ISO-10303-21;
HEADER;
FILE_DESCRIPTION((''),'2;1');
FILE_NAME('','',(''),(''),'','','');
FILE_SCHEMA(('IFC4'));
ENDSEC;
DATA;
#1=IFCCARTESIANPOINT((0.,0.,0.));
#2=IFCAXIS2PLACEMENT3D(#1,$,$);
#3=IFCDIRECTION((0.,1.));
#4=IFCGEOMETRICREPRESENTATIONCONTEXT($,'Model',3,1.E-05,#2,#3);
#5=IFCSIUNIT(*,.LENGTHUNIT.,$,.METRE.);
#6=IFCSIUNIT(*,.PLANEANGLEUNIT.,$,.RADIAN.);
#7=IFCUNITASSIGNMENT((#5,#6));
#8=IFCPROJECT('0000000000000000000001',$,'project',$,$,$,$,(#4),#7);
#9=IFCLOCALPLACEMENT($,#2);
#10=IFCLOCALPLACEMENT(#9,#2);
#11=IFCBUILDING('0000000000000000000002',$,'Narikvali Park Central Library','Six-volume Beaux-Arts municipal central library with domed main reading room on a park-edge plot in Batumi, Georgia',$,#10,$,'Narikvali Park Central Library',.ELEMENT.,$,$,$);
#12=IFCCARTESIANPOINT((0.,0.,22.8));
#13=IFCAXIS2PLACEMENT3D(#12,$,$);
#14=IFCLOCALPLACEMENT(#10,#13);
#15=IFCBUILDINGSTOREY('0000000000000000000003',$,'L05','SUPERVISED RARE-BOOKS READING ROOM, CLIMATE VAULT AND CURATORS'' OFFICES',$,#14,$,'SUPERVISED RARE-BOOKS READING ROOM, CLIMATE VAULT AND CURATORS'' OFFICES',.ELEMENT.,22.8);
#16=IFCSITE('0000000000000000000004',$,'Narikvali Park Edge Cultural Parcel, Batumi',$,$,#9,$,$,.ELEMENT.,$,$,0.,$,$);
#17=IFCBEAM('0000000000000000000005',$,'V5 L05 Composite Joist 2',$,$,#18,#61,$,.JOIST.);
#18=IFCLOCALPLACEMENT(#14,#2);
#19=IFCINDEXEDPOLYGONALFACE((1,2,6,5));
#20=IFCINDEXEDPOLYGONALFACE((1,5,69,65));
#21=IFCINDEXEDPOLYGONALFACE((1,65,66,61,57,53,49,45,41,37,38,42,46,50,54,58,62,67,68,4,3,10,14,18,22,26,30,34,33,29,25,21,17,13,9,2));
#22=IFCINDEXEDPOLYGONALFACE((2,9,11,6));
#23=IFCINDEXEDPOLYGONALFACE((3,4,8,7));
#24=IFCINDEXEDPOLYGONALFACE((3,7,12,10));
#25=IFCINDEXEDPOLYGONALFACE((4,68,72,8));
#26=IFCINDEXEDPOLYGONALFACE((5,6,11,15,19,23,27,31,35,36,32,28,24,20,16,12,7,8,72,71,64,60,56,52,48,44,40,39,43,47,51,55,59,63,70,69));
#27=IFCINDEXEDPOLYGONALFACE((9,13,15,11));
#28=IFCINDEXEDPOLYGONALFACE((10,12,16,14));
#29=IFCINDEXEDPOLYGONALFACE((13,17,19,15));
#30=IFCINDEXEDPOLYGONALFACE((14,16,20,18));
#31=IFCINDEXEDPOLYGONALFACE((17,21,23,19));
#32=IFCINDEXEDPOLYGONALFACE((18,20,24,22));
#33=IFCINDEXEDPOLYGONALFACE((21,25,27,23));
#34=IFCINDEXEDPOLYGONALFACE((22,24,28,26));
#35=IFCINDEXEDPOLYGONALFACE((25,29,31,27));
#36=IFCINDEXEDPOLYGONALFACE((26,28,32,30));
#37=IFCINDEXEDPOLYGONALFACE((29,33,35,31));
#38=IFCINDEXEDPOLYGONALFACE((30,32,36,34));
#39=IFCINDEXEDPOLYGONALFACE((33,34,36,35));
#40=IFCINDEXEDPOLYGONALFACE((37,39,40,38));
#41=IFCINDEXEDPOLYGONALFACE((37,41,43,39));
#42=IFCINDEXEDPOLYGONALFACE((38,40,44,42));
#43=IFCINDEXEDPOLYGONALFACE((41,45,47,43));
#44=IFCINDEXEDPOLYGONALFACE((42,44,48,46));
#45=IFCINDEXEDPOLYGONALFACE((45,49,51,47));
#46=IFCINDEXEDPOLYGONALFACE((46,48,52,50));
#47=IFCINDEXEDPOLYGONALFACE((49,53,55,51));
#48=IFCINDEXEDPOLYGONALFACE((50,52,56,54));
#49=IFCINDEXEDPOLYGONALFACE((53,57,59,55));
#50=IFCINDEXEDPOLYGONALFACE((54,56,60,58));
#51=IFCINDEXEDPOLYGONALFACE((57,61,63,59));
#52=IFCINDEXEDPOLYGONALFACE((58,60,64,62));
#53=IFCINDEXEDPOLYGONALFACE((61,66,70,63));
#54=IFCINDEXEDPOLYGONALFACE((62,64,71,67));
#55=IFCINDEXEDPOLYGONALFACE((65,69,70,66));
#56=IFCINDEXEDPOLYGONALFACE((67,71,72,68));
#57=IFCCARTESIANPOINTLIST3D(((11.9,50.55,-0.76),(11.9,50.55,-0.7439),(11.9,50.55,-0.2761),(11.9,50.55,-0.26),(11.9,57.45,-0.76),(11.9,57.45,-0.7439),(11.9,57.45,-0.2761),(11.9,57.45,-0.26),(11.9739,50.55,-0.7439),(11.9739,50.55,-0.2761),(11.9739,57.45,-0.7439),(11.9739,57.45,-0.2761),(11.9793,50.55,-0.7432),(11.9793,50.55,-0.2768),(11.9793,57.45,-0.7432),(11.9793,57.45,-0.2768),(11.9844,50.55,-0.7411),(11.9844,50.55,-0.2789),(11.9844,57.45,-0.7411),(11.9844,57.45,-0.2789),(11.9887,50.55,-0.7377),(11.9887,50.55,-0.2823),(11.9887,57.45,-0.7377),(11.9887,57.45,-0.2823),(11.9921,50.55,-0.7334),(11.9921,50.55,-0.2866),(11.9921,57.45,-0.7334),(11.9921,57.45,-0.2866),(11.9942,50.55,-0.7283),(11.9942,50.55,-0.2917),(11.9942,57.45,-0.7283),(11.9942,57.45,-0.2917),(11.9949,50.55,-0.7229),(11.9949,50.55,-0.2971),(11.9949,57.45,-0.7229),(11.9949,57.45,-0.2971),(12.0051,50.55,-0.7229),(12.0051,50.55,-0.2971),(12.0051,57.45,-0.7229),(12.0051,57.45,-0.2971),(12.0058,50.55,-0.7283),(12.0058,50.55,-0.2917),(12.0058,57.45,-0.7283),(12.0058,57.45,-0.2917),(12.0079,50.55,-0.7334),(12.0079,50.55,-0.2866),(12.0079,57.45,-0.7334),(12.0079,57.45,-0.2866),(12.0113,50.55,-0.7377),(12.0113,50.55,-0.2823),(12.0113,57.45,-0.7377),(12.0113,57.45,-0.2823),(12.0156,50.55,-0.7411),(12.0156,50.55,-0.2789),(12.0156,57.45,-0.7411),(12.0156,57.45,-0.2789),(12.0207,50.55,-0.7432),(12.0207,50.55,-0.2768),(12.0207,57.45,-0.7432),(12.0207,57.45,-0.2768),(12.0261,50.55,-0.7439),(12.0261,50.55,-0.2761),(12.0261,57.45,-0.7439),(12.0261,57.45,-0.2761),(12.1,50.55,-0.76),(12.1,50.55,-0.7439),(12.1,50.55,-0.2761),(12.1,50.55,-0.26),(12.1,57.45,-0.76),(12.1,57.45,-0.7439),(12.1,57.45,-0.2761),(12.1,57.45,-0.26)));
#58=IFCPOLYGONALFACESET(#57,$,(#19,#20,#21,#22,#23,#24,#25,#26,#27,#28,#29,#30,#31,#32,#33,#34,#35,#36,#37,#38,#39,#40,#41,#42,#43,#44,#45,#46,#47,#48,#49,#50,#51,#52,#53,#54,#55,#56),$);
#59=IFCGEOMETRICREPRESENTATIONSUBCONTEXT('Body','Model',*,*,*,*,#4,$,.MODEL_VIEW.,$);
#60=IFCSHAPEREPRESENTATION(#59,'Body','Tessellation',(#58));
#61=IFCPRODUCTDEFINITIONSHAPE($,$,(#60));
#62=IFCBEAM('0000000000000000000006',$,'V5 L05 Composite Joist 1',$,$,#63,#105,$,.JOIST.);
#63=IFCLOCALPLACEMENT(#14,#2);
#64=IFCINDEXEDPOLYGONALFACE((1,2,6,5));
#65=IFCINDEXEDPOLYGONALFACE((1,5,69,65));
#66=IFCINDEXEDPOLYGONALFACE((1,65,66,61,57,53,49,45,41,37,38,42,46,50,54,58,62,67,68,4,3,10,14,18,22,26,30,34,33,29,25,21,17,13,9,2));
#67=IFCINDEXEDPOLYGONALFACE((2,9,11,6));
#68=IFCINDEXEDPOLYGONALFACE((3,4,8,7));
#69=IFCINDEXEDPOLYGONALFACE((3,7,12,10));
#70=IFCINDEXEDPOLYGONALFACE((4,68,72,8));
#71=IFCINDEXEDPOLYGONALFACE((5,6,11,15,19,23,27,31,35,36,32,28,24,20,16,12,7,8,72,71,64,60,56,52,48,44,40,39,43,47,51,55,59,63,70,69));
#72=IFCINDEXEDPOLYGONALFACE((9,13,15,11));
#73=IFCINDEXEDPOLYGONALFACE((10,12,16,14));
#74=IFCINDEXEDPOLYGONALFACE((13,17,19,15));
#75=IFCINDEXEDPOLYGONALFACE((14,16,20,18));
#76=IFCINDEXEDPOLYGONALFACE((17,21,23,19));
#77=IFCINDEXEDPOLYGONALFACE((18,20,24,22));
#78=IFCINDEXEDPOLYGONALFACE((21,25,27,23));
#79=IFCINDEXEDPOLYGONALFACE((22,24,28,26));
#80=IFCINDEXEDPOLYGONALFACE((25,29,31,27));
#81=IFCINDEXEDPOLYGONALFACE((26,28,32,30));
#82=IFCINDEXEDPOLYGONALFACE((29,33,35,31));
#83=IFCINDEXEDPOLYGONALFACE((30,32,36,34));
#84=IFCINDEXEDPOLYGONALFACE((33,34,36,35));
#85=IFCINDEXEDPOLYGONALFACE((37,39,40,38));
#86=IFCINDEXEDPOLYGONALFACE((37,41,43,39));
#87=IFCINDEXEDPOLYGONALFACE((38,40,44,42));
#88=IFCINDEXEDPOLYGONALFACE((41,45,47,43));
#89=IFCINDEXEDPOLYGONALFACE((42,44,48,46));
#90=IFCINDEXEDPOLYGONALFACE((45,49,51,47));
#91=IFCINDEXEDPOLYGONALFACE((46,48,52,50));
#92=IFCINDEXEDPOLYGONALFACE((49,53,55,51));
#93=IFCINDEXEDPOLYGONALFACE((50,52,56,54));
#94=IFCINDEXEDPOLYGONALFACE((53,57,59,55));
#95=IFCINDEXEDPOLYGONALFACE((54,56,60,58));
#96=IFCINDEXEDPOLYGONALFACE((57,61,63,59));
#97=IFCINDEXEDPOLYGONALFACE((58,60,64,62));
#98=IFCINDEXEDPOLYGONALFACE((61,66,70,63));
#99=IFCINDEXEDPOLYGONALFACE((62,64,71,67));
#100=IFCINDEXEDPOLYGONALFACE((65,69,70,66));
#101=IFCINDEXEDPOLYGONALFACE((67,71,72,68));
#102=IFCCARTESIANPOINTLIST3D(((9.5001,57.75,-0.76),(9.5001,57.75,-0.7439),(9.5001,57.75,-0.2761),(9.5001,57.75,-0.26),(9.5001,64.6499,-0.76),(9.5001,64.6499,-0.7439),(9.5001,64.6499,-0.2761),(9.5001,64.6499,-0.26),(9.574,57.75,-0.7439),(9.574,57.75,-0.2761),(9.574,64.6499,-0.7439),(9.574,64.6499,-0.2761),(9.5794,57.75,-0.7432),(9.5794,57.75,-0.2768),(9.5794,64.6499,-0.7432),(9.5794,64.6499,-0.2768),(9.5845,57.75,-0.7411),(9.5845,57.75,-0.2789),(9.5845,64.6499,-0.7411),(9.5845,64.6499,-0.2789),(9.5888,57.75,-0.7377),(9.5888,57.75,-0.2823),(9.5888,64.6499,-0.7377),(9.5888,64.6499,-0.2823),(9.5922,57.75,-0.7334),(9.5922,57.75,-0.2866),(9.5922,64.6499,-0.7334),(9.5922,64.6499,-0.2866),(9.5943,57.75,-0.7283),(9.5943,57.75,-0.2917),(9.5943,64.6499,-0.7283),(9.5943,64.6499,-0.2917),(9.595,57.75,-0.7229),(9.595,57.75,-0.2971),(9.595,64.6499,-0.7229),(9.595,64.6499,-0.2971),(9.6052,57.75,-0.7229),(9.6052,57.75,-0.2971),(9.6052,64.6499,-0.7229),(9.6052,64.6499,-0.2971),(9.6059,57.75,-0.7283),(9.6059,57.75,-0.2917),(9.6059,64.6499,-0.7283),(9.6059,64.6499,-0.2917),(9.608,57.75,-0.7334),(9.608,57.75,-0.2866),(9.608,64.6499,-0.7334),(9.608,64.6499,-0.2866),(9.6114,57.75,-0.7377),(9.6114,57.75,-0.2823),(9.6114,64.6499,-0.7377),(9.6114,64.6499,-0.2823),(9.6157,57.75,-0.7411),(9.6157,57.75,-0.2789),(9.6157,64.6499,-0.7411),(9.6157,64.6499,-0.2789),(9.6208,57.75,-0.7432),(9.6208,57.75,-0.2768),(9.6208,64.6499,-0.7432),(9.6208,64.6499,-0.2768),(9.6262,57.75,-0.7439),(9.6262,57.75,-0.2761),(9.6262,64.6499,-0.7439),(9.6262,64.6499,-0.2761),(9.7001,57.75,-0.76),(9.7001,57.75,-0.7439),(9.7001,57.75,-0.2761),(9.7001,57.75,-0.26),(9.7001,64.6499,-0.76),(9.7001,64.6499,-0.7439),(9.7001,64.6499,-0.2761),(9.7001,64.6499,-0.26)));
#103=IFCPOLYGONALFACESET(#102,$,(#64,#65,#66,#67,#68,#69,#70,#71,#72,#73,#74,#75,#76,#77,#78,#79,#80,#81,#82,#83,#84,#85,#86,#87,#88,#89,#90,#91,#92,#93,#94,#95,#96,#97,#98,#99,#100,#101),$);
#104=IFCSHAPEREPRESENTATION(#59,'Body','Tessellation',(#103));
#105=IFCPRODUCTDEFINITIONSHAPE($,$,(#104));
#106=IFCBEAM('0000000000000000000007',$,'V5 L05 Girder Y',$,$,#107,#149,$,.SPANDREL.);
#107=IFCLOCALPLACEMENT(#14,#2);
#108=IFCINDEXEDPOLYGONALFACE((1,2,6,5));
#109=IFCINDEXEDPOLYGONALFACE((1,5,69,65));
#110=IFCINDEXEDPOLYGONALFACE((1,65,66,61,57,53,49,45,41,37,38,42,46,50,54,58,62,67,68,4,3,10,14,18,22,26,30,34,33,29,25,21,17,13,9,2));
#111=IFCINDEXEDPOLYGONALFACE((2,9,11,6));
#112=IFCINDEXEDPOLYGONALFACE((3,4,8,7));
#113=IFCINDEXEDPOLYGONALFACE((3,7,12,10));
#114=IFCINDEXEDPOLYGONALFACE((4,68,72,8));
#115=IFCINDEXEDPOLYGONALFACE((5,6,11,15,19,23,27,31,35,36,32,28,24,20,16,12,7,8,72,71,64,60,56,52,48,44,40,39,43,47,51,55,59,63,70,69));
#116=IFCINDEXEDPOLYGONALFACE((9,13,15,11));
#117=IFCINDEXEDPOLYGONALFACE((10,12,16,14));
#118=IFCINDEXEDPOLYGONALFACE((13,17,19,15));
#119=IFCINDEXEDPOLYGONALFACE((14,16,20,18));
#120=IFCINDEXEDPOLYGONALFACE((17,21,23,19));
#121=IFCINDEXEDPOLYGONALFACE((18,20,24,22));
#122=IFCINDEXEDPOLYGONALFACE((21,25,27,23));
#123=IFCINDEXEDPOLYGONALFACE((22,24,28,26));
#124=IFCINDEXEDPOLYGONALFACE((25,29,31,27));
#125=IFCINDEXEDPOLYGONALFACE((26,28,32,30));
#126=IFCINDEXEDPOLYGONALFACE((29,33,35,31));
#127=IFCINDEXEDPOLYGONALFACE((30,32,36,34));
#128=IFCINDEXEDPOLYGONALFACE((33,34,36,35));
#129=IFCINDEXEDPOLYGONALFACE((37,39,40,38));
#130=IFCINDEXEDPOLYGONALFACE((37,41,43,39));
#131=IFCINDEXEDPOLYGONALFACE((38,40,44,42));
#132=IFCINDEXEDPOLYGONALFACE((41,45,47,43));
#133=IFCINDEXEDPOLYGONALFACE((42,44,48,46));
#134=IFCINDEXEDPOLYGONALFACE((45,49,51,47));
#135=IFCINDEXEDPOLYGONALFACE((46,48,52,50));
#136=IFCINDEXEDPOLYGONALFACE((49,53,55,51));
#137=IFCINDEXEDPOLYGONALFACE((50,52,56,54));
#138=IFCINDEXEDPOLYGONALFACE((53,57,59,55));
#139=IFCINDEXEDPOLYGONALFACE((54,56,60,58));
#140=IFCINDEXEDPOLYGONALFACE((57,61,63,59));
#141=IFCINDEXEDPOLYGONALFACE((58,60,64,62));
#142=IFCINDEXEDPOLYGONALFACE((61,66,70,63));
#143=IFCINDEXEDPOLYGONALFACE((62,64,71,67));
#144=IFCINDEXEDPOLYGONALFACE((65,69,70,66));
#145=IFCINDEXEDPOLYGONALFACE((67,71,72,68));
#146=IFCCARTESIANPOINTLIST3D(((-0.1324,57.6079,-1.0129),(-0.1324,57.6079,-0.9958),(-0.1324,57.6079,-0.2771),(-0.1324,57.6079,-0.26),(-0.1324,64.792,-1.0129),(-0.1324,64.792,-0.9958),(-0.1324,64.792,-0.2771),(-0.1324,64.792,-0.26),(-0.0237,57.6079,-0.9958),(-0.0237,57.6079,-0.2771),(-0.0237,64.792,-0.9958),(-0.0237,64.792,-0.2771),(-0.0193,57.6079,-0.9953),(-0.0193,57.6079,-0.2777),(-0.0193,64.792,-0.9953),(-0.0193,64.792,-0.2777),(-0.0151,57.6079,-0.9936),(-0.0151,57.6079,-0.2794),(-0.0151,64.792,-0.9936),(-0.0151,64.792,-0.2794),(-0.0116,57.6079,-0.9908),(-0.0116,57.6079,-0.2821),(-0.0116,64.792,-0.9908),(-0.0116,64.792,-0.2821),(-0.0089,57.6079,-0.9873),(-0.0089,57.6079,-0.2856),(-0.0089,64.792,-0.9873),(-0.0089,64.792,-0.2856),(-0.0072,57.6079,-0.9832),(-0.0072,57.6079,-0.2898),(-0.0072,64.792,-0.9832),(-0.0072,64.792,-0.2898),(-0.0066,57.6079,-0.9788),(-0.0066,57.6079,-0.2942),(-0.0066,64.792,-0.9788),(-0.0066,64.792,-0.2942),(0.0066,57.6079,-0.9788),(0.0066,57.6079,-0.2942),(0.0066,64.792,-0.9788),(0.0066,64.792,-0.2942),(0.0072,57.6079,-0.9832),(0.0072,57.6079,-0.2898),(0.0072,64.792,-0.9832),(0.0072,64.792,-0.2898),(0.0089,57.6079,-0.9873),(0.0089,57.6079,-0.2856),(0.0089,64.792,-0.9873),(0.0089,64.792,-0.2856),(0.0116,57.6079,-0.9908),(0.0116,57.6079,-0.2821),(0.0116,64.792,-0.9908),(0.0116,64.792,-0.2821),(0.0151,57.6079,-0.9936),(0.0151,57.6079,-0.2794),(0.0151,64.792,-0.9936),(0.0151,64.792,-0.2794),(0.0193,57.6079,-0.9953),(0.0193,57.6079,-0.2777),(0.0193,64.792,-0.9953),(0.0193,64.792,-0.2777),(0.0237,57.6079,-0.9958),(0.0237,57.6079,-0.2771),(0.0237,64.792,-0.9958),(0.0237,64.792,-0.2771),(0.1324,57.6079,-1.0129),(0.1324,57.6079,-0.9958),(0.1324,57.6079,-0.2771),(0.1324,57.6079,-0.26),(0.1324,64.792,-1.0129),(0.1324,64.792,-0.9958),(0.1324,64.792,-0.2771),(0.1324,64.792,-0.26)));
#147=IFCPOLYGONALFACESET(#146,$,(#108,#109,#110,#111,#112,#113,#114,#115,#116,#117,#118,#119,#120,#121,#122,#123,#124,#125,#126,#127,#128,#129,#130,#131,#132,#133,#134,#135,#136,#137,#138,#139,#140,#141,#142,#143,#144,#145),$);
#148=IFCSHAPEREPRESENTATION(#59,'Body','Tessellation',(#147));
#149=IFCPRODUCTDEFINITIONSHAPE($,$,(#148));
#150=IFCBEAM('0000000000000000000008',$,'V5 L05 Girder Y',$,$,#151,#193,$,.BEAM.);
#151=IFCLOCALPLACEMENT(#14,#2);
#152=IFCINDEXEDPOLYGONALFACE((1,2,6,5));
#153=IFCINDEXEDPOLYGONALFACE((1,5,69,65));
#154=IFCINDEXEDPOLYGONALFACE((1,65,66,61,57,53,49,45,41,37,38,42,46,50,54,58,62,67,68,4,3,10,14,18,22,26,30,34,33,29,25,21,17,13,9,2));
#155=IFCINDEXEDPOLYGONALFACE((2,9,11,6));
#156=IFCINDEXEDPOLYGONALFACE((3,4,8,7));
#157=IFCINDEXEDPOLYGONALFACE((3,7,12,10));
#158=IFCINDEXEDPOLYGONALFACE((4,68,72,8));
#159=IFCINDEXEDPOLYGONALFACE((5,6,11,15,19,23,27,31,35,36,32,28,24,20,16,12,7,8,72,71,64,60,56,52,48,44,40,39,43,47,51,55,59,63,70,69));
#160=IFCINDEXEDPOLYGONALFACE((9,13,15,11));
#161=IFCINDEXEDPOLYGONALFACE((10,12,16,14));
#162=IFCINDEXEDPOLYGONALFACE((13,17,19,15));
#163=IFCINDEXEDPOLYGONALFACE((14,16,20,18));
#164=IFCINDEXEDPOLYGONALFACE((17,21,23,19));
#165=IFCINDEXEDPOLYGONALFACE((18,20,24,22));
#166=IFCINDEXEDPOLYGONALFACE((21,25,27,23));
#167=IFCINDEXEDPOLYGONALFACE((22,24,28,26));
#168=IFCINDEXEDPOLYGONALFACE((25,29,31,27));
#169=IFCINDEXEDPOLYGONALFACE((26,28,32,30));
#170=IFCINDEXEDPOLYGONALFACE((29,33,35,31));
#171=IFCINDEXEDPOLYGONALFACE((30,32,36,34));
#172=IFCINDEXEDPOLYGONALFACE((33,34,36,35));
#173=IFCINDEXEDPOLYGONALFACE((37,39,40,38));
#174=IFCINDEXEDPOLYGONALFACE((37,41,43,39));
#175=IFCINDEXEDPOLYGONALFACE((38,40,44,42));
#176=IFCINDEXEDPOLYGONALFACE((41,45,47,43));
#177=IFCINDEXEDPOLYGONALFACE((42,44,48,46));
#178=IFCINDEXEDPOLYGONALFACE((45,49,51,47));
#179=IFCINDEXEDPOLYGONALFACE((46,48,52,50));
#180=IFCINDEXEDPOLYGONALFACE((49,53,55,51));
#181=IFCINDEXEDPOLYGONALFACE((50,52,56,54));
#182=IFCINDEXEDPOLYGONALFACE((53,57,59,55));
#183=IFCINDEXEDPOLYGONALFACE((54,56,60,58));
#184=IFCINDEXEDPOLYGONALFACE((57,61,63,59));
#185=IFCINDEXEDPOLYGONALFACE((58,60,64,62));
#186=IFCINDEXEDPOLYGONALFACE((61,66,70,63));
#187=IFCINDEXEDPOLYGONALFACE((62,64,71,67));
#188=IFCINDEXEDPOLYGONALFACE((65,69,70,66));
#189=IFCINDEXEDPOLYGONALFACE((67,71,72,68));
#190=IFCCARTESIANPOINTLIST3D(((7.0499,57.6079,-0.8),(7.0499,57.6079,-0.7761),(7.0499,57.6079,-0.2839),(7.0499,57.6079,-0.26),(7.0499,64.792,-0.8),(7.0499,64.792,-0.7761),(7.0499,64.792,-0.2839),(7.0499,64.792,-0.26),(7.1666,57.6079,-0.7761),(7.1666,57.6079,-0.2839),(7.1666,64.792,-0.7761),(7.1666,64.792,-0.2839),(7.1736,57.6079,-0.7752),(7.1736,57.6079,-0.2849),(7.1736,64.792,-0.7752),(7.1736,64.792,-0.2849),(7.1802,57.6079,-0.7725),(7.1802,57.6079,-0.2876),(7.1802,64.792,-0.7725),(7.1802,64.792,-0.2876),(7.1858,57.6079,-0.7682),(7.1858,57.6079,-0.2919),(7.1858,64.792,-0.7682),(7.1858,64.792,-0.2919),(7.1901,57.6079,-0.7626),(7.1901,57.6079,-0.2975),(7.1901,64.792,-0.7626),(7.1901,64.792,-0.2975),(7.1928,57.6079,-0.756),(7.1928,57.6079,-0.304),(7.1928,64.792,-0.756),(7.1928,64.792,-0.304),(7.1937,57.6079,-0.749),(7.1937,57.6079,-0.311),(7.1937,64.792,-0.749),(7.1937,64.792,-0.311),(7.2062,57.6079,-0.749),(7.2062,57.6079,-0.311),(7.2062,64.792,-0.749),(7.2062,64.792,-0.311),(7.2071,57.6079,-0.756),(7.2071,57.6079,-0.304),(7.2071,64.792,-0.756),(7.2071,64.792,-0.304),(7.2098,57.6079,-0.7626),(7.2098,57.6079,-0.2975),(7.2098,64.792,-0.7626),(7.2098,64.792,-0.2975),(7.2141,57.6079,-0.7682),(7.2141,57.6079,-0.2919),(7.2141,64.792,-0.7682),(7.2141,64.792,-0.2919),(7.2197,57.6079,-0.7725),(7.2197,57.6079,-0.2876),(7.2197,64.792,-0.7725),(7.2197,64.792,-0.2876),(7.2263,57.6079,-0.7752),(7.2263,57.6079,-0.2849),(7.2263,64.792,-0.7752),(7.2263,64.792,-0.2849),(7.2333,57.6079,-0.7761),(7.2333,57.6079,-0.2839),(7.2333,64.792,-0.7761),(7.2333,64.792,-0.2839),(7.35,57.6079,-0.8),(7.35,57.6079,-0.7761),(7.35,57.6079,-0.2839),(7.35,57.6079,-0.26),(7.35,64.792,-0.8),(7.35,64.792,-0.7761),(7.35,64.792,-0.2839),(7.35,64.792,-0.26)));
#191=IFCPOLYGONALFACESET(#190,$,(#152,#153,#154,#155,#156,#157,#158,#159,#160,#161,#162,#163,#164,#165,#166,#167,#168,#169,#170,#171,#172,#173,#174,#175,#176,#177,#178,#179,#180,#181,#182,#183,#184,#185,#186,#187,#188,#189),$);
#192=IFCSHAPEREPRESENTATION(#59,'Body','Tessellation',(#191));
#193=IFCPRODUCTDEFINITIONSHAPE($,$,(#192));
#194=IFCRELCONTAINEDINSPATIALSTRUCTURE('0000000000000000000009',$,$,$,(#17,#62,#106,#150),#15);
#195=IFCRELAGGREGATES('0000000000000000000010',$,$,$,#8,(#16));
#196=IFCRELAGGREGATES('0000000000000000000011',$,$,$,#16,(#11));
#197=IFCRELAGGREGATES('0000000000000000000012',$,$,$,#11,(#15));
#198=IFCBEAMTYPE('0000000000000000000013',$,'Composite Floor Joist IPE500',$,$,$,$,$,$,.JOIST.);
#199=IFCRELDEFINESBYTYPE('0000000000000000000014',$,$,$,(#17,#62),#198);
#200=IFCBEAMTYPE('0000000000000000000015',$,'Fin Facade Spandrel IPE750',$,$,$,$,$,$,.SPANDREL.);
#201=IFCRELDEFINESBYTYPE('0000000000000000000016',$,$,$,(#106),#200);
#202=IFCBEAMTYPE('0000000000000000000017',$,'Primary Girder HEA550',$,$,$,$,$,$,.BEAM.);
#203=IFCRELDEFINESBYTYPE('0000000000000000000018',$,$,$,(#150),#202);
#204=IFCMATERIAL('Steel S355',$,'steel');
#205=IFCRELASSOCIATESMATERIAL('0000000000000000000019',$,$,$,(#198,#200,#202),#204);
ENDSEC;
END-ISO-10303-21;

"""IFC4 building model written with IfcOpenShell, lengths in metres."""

from ifc_helpers import new_model, si_unit, direction, frame, origin, origin_2d, place, context, subcontext, project, spatial, i_section, extrude, material, material_profile, profile_set, type_object, element, save


model = new_model("IFC4")

# Units and contexts
model_context = context("Model", 3, precision=1e-05, world=origin(), true_north=direction((0.0, 1.0)))
body_context = subcontext(model_context, "Body", "Model", "MODEL_VIEW")
ifc_project = project(units=[si_unit("LENGTHUNIT", "METRE"), si_unit("PLANEANGLEUNIT", "RADIAN")], contexts=[model_context])

# Site, building, storey
site_placement = place(None, origin())
site = spatial("IfcSite", under=ifc_project, at=site_placement, Name="Narikvali Park Edge Cultural Parcel, Batumi", CompositionType="ELEMENT", RefElevation=0.0)
building_placement = place(site_placement, origin())
building = spatial("IfcBuilding", under=site, at=building_placement, Name="Narikvali Park Central Library", Description="Six-volume Beaux-Arts municipal central library with domed main reading room on a park-edge plot in Batumi, Georgia", LongName="Narikvali Park Central Library", CompositionType="ELEMENT")
storey_placement = place(building_placement, frame((0.0, 0.0, 22.8)))
storey = spatial("IfcBuildingStorey", under=building, at=storey_placement, Name="L05", Description="SUPERVISED RARE-BOOKS READING ROOM, CLIMATE VAULT AND CURATORS' OFFICES", LongName="SUPERVISED RARE-BOOKS READING ROOM, CLIMATE VAULT AND CURATORS' OFFICES", CompositionType="ELEMENT", Elevation=22.8)

# Shared definitions
ifc_material_1 = material(Name="Steel S355", Category="steel")

# Beams
ifc_material_profile_1 = material_profile(ifc_material_1, i_section(OverallWidth=0.2, OverallDepth=0.5, WebThickness=0.0103, FlangeThickness=0.0161, FilletRadius=0.021, at=origin_2d()), Name="IPE 500")
ifc_profile_set_1 = profile_set([ifc_material_profile_1], Name="Steel S355")
beam_type_1 = type_object("IfcBeamType", Name="Composite Floor Joist IPE500", PredefinedType="JOIST", material=ifc_profile_set_1)
for number, where, z_axis, x_axis, name in (
    (1, (12.0, 50.55, -0.51), (0.0, 1.0, 0.0), (-1.0, 0.0, 0.0), "V5 L05 Composite Joist 2"),
    (2, (9.6001, 57.75, -0.51), (0.0, 1.0, 0.0), (-1.0, 0.0, 0.0), "V5 L05 Composite Joist 1"),
):
    element("IfcBeam", number, at=place(storey_placement, frame(where, z_axis=z_axis, x_axis=x_axis)), inside=storey, type_object=beam_type_1, Name=name, PredefinedType="JOIST", context=body_context, shape_type="SweptSolid", body=[
        extrude(i_section(OverallWidth=0.2, OverallDepth=0.5, WebThickness=0.0103, FlangeThickness=0.0161, FilletRadius=0.021, at=origin_2d()), origin(), (0.0, 0.0, 1.0), 6.8999),
    ])
ifc_material_profile_2 = material_profile(ifc_material_1, i_section(OverallWidth=0.2649, OverallDepth=0.7529, WebThickness=0.0132, FlangeThickness=0.0171, FilletRadius=0.0171, at=origin_2d()), Name="IPE 750x147")
ifc_profile_set_2 = profile_set([ifc_material_profile_2], Name="Steel S355")
beam_type_2 = type_object("IfcBeamType", Name="Fin Facade Spandrel IPE750", PredefinedType="SPANDREL", material=ifc_profile_set_2)
beam_1_placement = place(storey_placement, frame((0.0, 57.6079, -0.6365), z_axis=(0.0, 1.0, 0.0), x_axis=(-1.0, 0.0, 0.0)))
element("IfcBeam", 3, at=beam_1_placement, inside=storey, type_object=beam_type_2, Name="V5 L05 Girder Y", PredefinedType="SPANDREL", context=body_context, shape_type="SweptSolid", body=[
    extrude(i_section(OverallWidth=0.2649, OverallDepth=0.7529, WebThickness=0.0132, FlangeThickness=0.0171, FilletRadius=0.0171, at=origin_2d()), origin(), (0.0, 0.0, 1.0), 7.1841),
])
ifc_material_profile_3 = material_profile(ifc_material_1, i_section(OverallWidth=0.3, OverallDepth=0.54, WebThickness=0.0125, FlangeThickness=0.0239, FilletRadius=0.0271, at=origin_2d()), Name="HEA 550")
ifc_profile_set_3 = profile_set([ifc_material_profile_3], Name="Steel S355")
beam_type_3 = type_object("IfcBeamType", Name="Primary Girder HEA550", PredefinedType="BEAM", material=ifc_profile_set_3)
beam_2_placement = place(storey_placement, frame((7.2, 57.6079, -0.53), z_axis=(0.0, 1.0, 0.0), x_axis=(-1.0, 0.0, 0.0)))
element("IfcBeam", 4, at=beam_2_placement, inside=storey, type_object=beam_type_3, Name="V5 L05 Girder Y", PredefinedType="BEAM", context=body_context, shape_type="SweptSolid", body=[
    extrude(i_section(OverallWidth=0.3, OverallDepth=0.54, WebThickness=0.0125, FlangeThickness=0.0239, FilletRadius=0.0271, at=origin_2d()), origin(), (0.0, 0.0, 1.0), 7.1841),
])

save(model, "model.ifc")
